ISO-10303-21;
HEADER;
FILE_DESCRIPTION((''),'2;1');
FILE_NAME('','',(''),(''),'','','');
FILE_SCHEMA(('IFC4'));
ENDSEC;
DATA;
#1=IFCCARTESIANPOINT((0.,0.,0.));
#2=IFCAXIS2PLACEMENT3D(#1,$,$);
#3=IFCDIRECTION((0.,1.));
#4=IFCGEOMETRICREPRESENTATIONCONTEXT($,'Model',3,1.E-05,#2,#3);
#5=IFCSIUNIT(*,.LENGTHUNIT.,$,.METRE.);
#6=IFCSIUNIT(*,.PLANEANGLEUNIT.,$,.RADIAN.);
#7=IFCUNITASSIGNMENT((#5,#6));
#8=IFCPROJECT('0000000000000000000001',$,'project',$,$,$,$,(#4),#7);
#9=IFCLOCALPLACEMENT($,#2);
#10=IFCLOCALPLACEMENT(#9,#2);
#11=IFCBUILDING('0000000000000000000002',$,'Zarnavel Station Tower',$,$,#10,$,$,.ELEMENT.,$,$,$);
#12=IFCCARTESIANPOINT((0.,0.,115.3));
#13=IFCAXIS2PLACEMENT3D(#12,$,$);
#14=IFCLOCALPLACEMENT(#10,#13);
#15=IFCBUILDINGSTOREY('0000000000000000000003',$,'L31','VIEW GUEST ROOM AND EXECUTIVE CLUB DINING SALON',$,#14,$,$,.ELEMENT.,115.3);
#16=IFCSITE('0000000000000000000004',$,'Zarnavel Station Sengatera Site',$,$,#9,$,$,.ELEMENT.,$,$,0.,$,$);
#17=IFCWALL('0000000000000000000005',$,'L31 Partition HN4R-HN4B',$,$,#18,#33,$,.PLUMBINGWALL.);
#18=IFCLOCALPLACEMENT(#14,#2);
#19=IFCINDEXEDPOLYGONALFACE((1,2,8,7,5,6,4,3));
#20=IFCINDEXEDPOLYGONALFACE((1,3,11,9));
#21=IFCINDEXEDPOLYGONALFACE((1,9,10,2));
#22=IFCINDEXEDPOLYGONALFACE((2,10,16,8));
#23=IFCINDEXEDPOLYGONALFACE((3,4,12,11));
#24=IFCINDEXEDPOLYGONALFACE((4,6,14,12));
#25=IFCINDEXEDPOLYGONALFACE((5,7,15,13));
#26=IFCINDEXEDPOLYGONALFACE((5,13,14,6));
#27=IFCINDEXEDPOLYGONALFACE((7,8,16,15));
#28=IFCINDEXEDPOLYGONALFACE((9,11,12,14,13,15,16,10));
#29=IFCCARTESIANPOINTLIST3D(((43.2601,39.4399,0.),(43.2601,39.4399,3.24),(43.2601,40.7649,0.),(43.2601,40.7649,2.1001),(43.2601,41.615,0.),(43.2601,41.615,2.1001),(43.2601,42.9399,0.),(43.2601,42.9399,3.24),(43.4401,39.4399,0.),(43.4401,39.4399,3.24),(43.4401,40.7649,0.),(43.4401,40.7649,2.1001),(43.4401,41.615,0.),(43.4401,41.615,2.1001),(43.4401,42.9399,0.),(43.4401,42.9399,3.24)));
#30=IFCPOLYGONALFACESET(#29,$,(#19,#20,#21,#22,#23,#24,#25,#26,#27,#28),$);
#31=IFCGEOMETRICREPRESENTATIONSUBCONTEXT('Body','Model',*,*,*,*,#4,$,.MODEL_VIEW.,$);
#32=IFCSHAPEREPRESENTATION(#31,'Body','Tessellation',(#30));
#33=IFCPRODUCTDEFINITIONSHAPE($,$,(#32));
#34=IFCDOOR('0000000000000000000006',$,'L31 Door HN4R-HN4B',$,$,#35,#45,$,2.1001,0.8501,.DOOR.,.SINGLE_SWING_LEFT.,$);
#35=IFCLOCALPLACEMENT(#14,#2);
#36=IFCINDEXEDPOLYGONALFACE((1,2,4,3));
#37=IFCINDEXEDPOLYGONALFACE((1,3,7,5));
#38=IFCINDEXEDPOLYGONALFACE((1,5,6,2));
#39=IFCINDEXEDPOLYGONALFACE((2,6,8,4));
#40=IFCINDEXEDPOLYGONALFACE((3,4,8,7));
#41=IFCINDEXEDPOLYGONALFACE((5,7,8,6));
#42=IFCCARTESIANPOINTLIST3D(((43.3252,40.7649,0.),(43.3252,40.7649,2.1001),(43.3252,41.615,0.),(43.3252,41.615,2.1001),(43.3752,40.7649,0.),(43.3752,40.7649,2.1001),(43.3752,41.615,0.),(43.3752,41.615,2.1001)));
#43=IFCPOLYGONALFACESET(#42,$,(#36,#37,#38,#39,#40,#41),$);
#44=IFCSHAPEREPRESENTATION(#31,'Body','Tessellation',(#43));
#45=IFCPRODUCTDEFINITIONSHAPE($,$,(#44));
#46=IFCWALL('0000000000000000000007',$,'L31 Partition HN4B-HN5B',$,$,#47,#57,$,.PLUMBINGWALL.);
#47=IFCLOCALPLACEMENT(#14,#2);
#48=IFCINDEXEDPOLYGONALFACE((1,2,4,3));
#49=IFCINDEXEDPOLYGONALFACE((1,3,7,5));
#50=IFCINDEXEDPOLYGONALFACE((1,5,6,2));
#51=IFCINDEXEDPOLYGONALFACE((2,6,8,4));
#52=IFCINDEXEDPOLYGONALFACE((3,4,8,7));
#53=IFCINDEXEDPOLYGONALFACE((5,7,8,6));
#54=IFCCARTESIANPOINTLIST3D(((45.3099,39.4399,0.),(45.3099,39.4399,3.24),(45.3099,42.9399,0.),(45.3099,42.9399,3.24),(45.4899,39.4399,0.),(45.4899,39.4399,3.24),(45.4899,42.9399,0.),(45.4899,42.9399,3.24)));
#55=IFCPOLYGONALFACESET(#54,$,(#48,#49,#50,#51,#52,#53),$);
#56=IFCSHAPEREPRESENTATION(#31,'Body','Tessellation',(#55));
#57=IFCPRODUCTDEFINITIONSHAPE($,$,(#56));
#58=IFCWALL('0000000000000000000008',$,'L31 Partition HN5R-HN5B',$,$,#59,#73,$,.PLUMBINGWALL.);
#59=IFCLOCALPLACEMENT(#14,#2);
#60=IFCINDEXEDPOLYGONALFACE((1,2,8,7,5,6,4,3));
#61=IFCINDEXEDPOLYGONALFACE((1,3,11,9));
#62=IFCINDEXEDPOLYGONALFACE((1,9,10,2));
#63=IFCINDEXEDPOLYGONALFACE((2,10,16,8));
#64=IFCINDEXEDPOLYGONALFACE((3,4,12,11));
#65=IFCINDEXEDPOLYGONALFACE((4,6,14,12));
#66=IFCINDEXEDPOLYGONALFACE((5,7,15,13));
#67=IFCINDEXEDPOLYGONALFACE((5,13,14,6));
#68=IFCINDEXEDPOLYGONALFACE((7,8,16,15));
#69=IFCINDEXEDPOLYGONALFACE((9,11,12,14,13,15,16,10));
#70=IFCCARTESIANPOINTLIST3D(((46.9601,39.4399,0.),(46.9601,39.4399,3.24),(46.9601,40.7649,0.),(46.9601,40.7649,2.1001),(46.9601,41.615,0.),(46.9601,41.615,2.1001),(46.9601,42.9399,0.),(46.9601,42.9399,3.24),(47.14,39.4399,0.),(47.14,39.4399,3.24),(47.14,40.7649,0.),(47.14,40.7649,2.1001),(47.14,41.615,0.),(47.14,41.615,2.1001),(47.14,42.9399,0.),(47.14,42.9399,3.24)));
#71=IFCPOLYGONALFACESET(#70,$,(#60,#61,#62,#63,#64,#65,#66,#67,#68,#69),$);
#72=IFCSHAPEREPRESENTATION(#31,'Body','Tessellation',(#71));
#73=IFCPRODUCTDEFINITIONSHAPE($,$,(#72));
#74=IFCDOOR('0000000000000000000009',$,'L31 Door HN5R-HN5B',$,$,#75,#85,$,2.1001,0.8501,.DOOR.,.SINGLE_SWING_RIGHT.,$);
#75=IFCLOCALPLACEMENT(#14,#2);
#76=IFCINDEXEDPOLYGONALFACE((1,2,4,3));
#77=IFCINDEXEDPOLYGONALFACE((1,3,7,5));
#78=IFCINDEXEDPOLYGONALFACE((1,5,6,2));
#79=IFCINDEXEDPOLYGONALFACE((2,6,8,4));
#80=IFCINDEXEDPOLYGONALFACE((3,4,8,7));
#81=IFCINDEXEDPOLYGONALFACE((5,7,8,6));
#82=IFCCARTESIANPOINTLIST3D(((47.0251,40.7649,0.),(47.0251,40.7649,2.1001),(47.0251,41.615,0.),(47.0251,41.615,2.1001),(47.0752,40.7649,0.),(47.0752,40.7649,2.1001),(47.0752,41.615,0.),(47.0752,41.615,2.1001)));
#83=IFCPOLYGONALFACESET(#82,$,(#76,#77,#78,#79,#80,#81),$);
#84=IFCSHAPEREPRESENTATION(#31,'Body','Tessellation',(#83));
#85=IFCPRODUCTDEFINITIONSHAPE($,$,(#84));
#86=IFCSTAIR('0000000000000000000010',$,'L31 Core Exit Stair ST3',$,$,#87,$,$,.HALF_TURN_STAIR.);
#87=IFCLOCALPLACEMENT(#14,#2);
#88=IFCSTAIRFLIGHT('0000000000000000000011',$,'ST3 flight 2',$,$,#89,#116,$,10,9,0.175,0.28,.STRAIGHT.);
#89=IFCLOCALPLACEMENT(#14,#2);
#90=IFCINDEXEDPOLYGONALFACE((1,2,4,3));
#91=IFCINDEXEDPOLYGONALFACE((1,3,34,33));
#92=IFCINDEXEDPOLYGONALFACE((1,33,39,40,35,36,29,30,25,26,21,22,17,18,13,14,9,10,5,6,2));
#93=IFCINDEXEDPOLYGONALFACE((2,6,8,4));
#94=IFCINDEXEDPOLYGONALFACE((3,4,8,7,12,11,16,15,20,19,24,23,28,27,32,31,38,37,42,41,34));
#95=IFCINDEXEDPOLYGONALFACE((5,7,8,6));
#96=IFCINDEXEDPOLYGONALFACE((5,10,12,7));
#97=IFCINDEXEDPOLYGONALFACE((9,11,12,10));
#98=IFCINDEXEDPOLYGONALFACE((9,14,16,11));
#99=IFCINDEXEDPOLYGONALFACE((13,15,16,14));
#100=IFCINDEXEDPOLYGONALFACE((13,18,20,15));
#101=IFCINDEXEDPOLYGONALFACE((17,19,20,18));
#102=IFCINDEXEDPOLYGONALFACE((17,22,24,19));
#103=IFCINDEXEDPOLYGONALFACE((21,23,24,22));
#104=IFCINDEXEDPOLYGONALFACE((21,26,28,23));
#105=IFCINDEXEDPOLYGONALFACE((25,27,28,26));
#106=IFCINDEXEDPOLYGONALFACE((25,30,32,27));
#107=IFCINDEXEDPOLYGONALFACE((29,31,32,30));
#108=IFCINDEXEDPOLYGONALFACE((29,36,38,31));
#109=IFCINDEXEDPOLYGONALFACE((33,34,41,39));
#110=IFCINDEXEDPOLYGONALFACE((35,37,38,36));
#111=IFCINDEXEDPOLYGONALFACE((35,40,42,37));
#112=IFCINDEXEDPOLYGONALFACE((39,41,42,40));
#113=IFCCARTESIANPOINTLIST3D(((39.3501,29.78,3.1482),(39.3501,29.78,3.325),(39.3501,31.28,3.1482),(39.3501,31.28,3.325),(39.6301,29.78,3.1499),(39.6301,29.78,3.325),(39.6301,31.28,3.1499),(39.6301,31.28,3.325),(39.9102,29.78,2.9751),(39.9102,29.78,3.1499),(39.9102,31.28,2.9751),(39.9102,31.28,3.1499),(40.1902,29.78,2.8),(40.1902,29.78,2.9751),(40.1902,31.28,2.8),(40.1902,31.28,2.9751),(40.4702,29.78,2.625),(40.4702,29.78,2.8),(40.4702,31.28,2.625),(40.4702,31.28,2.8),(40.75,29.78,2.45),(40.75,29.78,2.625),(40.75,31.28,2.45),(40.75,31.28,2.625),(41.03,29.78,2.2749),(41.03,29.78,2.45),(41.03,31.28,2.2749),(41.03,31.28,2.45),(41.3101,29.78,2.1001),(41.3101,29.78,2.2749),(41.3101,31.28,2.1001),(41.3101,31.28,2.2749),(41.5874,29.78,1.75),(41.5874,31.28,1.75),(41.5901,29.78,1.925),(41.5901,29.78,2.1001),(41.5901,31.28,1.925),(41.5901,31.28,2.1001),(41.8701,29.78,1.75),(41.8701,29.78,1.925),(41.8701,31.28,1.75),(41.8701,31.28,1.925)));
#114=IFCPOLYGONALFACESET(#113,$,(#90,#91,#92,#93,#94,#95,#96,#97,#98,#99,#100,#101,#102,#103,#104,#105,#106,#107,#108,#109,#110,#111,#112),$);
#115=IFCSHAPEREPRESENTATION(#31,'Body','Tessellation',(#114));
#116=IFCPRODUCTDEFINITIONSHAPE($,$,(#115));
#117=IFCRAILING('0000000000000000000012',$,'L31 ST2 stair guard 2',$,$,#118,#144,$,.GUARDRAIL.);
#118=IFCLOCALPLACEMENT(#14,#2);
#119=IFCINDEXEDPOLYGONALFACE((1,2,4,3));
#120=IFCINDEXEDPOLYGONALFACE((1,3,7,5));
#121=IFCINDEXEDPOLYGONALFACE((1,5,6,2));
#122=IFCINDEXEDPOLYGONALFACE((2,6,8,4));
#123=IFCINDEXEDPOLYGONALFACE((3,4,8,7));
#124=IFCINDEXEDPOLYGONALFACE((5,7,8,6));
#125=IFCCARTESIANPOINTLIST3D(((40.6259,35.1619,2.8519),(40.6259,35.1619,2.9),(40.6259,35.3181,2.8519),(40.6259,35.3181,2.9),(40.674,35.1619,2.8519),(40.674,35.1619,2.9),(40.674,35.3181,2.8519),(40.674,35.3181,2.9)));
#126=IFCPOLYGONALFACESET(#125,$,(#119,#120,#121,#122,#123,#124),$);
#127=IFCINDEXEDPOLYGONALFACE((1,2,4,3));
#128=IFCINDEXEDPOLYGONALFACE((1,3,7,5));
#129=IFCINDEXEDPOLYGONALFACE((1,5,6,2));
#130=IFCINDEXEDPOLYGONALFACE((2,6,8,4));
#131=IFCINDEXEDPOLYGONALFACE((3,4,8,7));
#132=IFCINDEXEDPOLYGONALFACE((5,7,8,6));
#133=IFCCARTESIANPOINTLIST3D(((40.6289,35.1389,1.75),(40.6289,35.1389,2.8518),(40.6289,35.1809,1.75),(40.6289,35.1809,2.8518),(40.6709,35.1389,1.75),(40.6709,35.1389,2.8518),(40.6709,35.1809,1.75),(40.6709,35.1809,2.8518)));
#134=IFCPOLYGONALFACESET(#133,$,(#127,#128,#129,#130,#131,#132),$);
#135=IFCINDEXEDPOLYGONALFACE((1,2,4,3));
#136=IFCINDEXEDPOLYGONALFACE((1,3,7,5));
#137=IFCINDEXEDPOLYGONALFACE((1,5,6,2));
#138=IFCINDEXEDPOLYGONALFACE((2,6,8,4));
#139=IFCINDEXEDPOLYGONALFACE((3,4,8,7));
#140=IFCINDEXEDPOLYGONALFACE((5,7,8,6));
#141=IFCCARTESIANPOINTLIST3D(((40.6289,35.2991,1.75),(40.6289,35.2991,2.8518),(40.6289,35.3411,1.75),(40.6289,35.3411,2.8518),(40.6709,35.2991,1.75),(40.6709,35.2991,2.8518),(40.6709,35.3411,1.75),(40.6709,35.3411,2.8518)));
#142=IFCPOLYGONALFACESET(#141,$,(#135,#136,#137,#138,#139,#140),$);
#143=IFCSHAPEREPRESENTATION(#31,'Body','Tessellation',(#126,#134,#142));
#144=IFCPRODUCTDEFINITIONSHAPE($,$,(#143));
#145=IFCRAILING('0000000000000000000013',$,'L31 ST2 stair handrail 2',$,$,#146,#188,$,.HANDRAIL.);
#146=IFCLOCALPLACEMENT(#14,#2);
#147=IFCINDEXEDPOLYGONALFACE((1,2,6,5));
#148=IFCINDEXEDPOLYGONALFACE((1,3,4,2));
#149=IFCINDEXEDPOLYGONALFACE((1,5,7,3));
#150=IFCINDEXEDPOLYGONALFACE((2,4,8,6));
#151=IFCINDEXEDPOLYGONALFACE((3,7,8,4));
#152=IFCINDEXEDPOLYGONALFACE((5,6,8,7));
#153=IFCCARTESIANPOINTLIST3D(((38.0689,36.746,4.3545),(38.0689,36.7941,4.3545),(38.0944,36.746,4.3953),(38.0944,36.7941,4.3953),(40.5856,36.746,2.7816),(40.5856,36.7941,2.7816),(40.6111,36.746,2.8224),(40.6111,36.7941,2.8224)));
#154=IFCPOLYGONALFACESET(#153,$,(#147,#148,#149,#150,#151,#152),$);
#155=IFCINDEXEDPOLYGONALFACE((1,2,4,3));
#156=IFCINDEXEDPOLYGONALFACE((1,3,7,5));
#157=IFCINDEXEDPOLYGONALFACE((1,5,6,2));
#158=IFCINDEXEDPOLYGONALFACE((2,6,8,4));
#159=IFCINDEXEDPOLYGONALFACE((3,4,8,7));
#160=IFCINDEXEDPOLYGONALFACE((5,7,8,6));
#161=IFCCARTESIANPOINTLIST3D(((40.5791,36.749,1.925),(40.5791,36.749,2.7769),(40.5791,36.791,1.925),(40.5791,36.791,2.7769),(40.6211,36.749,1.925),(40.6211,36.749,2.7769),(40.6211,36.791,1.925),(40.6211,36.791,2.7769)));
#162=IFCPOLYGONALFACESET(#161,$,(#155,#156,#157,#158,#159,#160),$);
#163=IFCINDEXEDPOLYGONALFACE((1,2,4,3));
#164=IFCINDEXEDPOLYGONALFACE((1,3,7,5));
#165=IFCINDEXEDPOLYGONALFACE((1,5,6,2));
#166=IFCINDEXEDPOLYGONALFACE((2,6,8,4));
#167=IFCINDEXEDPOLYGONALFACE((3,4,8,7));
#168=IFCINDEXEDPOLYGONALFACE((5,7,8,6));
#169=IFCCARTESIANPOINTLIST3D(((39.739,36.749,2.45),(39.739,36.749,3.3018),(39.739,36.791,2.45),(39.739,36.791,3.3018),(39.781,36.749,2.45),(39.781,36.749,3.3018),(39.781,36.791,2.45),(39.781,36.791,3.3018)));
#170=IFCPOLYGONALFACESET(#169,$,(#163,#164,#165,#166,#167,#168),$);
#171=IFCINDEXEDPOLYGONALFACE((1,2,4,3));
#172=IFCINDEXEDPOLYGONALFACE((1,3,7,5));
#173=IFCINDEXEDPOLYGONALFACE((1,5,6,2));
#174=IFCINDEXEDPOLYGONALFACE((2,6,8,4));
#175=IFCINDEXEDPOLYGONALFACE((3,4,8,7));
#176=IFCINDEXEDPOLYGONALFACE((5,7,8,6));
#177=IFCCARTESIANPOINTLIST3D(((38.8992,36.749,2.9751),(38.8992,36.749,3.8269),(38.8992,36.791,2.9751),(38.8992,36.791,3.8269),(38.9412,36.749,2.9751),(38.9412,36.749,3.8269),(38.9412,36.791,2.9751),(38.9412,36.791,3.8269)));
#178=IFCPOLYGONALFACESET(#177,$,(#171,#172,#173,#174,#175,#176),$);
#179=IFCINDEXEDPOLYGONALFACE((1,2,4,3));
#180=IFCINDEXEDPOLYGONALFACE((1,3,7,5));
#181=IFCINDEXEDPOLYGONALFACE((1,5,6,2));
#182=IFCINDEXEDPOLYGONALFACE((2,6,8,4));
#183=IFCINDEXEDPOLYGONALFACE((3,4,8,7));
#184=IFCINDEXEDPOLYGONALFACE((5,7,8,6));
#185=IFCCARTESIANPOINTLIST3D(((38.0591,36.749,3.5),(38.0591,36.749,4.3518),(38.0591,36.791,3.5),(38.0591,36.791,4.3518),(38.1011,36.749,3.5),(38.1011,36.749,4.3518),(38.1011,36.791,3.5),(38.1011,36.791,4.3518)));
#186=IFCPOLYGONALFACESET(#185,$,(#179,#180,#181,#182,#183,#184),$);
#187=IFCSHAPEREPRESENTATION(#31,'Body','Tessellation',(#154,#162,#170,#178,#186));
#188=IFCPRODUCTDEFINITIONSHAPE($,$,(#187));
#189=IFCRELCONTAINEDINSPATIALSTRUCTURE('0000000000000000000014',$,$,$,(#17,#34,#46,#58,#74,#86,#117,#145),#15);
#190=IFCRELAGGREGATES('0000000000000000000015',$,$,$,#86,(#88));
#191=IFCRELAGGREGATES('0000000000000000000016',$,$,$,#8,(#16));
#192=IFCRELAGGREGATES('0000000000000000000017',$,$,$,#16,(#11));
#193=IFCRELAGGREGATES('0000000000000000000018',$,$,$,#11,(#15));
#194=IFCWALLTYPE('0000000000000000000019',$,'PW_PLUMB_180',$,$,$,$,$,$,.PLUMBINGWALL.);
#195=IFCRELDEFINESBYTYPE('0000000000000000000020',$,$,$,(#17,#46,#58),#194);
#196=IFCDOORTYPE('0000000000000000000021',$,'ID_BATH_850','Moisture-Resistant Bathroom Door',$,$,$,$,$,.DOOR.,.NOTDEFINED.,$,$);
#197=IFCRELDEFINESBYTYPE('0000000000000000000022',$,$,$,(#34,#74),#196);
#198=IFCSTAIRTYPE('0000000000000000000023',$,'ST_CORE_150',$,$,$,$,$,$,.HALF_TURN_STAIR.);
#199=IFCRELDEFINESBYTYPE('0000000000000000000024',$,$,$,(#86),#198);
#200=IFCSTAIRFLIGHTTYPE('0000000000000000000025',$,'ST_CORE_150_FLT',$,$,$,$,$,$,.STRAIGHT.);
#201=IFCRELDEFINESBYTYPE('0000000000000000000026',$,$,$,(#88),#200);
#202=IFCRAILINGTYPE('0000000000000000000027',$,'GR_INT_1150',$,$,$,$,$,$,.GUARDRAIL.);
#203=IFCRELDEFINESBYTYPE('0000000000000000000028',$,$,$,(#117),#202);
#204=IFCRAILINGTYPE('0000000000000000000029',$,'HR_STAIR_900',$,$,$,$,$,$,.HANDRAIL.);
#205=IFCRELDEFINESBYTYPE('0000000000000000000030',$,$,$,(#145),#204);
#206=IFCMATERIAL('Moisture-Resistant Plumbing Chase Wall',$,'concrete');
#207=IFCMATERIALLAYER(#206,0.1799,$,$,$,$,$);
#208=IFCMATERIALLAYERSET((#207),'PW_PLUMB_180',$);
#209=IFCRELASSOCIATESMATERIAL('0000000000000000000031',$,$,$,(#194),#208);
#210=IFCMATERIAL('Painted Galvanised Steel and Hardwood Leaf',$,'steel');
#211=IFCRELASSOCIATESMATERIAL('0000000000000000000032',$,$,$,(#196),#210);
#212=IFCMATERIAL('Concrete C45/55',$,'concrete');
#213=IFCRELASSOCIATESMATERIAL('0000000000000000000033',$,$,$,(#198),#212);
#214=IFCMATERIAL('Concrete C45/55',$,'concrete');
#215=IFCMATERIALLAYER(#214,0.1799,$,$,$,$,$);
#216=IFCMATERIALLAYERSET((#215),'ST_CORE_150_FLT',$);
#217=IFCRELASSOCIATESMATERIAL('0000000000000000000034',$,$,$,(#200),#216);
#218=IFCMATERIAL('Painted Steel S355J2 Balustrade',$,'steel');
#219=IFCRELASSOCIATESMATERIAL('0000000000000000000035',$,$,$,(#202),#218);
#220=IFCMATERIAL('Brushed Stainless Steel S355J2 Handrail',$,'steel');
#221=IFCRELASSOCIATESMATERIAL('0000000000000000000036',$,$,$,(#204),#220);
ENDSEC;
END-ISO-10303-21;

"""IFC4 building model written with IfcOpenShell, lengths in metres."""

from ifc_helpers import new_model, si_unit, direction, frame, frame_2d, origin, origin_2d, place, context, subcontext, project, spatial, polyline, rectangle, outline, extrude, material, layer, layer_set, type_object, element, fill, aggregate, save


model = new_model("IFC4")

# Units and contexts
model_context = context("Model", 3, precision=1e-05, world=origin(), true_north=direction((0.0, 1.0)))
body_context = subcontext(model_context, "Body", "Model", "MODEL_VIEW")
ifc_project = project(units=[si_unit("LENGTHUNIT", "METRE"), si_unit("PLANEANGLEUNIT", "RADIAN")], contexts=[model_context])

# Site, building, storey
site_placement = place(None, origin())
site = spatial("IfcSite", under=ifc_project, at=site_placement, Name="Zarnavel Station Sengatera Site", CompositionType="ELEMENT", RefElevation=0.0)
building_placement = place(site_placement, origin())
building = spatial("IfcBuilding", under=site, at=building_placement, Name="Zarnavel Station Tower", CompositionType="ELEMENT")
storey_placement = place(building_placement, frame((0.0, 0.0, 115.3)))
storey = spatial("IfcBuildingStorey", under=building, at=storey_placement, Name="L31", Description="VIEW GUEST ROOM AND EXECUTIVE CLUB DINING SALON", CompositionType="ELEMENT", Elevation=115.3)

# Shared definitions
ifc_material_1 = material(Name="Moisture-Resistant Plumbing Chase Wall", Category="concrete")
ifc_layer_1 = layer(ifc_material_1, 0.1799)
ifc_layer_set_1 = layer_set([ifc_layer_1], Name="PW_PLUMB_180")
wall_type_1 = type_object("IfcWallType", Name="PW_PLUMB_180", PredefinedType="PLUMBINGWALL", material=ifc_layer_set_1)

# Shared definitions
ifc_material_2 = material(Name="Painted Galvanised Steel and Hardwood Leaf", Category="steel")
door_type_1 = type_object("IfcDoorType", Name="ID_BATH_850", Description="Moisture-Resistant Bathroom Door", OperationType="NOTDEFINED", PredefinedType="DOOR", material=ifc_material_2)

# Wall, opening, door
wall_1_placement = place(storey_placement, frame((43.3501, 39.4399, 0.0), z_axis=(0.0, 0.0, 1.0), x_axis=(0.0, 1.0, 0.0)))
wall_1 = element("IfcWall", 1, at=wall_1_placement, inside=storey, type_object=wall_type_1, Name="L31 Partition HN4R-HN4B", PredefinedType="PLUMBINGWALL", context=body_context, shape_type="SweptSolid", body=[
    extrude(rectangle(XDim=3.5, YDim=0.1799, at=frame_2d((1.75, 0.0))), origin(), (0.0, 0.0, 1.0), 3.24),
])
opening_1_placement = place(wall_1_placement, frame((1.325, 0.0, 0.0)))
opening_1 = element("IfcOpeningElement", 2, at=opening_1_placement, cuts=wall_1, PredefinedType="OPENING", context=body_context, shape_type="SweptSolid", body=[
    extrude(rectangle(XDim=0.8501, YDim=2.1001, at=frame_2d((0.425, 1.05))), frame((0.0, 0.0999, 0.0), z_axis=(0.0, -1.0, 0.0), x_axis=(1.0, 0.0, 0.0)), (0.0, 0.0, 1.0), 0.2),
])
door_1_placement = place(opening_1_placement, origin())
door_1 = element("IfcDoor", 3, at=door_1_placement, inside=storey, type_object=door_type_1, Name="L31 Door HN4R-HN4B", OperationType="SINGLE_SWING_LEFT", OverallHeight=2.1001, OverallWidth=0.8501, PredefinedType="DOOR", context=body_context, shape_type="SweptSolid", body=[
    extrude(rectangle(XDim=0.8501, YDim=2.1001, at=frame_2d((0.425, 1.05))), frame((0.0, 0.0249, 0.0), z_axis=(0.0, -1.0, 0.0), x_axis=(1.0, 0.0, 0.0)), (0.0, 0.0, 1.0), 0.05),
])
fill(opening_1, door_1)

# Wall
wall_2_placement = place(storey_placement, frame((45.3999, 39.4399, 0.0), z_axis=(0.0, 0.0, 1.0), x_axis=(0.0, 1.0, 0.0)))
element("IfcWall", 4, at=wall_2_placement, inside=storey, type_object=wall_type_1, Name="L31 Partition HN4B-HN5B", PredefinedType="PLUMBINGWALL", context=body_context, shape_type="SweptSolid", body=[
    extrude(rectangle(XDim=3.5, YDim=0.1799, at=frame_2d((1.75, 0.0))), origin(), (0.0, 0.0, 1.0), 3.24),
])

# Wall, opening, door
wall_3_placement = place(storey_placement, frame((47.05, 39.4399, 0.0), z_axis=(0.0, 0.0, 1.0), x_axis=(0.0, 1.0, 0.0)))
wall_3 = element("IfcWall", 5, at=wall_3_placement, inside=storey, type_object=wall_type_1, Name="L31 Partition HN5R-HN5B", PredefinedType="PLUMBINGWALL", context=body_context, shape_type="SweptSolid", body=[
    extrude(rectangle(XDim=3.5, YDim=0.1799, at=frame_2d((1.75, 0.0))), origin(), (0.0, 0.0, 1.0), 3.24),
])
opening_2_placement = place(wall_3_placement, frame((1.325, 0.0, 0.0)))
opening_2 = element("IfcOpeningElement", 6, at=opening_2_placement, cuts=wall_3, PredefinedType="OPENING", context=body_context, shape_type="SweptSolid", body=[
    extrude(rectangle(XDim=0.8501, YDim=2.1001, at=frame_2d((0.425, 1.05))), frame((0.0, 0.0999, 0.0), z_axis=(0.0, -1.0, 0.0), x_axis=(1.0, 0.0, 0.0)), (0.0, 0.0, 1.0), 0.2),
])
door_2_placement = place(opening_2_placement, origin())
door_2 = element("IfcDoor", 7, at=door_2_placement, inside=storey, type_object=door_type_1, Name="L31 Door HN5R-HN5B", OperationType="SINGLE_SWING_RIGHT", OverallHeight=2.1001, OverallWidth=0.8501, PredefinedType="DOOR", context=body_context, shape_type="SweptSolid", body=[
    extrude(rectangle(XDim=0.8501, YDim=2.1001, at=frame_2d((0.425, 1.05))), frame((0.0, 0.0249, 0.0), z_axis=(0.0, -1.0, 0.0), x_axis=(1.0, 0.0, 0.0)), (0.0, 0.0, 1.0), 0.05),
])
fill(opening_2, door_2)

# Stair, stair flight
ifc_material_3 = material(Name="Concrete C45/55", Category="concrete")
stair_type = type_object("IfcStairType", Name="ST_CORE_150", PredefinedType="HALF_TURN_STAIR", material=ifc_material_3)
stair_placement = place(storey_placement, origin())
stair = element("IfcStair", 8, at=stair_placement, inside=storey, type_object=stair_type, Name="L31 Core Exit Stair ST3", PredefinedType="HALF_TURN_STAIR")
ifc_material_4 = material(Name="Concrete C45/55", Category="concrete")
ifc_layer_2 = layer(ifc_material_4, 0.1799)
ifc_layer_set_2 = layer_set([ifc_layer_2], Name="ST_CORE_150_FLT")
stair_flight_type = type_object("IfcStairFlightType", Name="ST_CORE_150_FLT", PredefinedType="STRAIGHT", material=ifc_layer_set_2)
stair_flight_placement = place(storey_placement, frame((41.8701, 30.53, 1.75), z_axis=(0.0, 0.0, 1.0), x_axis=(-1.0, 0.0, 0.0)))
stair_flight = element("IfcStairFlight", 9, at=stair_flight_placement, type_object=stair_flight_type, Name="ST3 flight 2", NumberOfRisers=10, NumberOfTreads=9, PredefinedType="STRAIGHT", RiserHeight=0.175, TreadLength=0.28, context=body_context, shape_type="SweptSolid", body=[
    extrude(outline(polyline([(0.0, 0.0), (0.0, 0.175), (0.28, 0.175), (0.28, 0.3501), (0.5601, 0.3501), (0.5601, 0.5249), (0.8401, 0.5249), (0.8401, 0.7), (1.1201, 0.7), (1.1201, 0.875), (1.3999, 0.875), (1.3999, 1.05), (1.6799, 1.05), (1.6799, 1.2251), (1.96, 1.2251), (1.96, 1.3999), (2.24, 1.3999), (2.24, 1.575), (2.52, 1.575), (2.52, 1.75), (2.52, 1.3982), (0.2827, 0.0), (0.0, 0.0)])), frame((0.0, 0.75, 0.0), z_axis=(0.0, -1.0, 0.0), x_axis=(1.0, 0.0, 0.0)), (0.0, 0.0, 1.0), 1.5),
])
aggregate(stair, [stair_flight])

# Railings
ifc_material_5 = material(Name="Painted Steel S355J2 Balustrade", Category="steel")
railing_type_1 = type_object("IfcRailingType", Name="GR_INT_1150", PredefinedType="GUARDRAIL", material=ifc_material_5)
railing_placement = place(storey_placement, frame((40.6499, 35.1599, 1.75)))
element("IfcRailing", 10, at=railing_placement, inside=storey, type_object=railing_type_1, Name="L31 ST2 stair guard 2", PredefinedType="GUARDRAIL", context=body_context, shape_type="SweptSolid", body=[
    extrude(rectangle(XDim=0.0481, YDim=0.0481, at=origin_2d()), frame((0.0, 0.002, 1.126), z_axis=(0.0, 1.0, 0.0), x_axis=(-1.0, 0.0, 0.0)), (0.0, 0.0, 1.0), 0.1562),
    extrude(rectangle(XDim=0.042, YDim=0.042, at=origin_2d()), origin(), (0.0, 0.0, 1.0), 1.1018),
    extrude(rectangle(XDim=0.042, YDim=0.042, at=origin_2d()), frame((0.0, 0.1602, 0.0)), (0.0, 0.0, 1.0), 1.1018),
])
ifc_material_6 = material(Name="Brushed Stainless Steel S355J2 Handrail", Category="steel")
railing_type_2 = type_object("IfcRailingType", Name="HR_STAIR_900", PredefinedType="HANDRAIL", material=ifc_material_6)
for number, where, name in (
    (11, (40.6001, 36.77, 1.925), "L31 ST2 stair handrail 2"),
):
    element("IfcRailing", number, at=place(storey_placement, frame(where)), inside=storey, type_object=railing_type_2, Name=name, PredefinedType="HANDRAIL", context=body_context, shape_type="SweptSolid", body=[
        extrude(rectangle(XDim=0.0481, YDim=0.0481, at=origin_2d()), frame((-0.0017, 0.0, 0.877), z_axis=(-0.848008, 0.0, 0.529984), x_axis=(0.0, -1.0, 0.0)), (0.0, 0.0, 1.0), 2.9678),
        extrude(rectangle(XDim=0.042, YDim=0.042, at=origin_2d()), origin(), (0.0, 0.0, 1.0), 0.8518),
        extrude(rectangle(XDim=0.042, YDim=0.042, at=origin_2d()), frame((-0.8401, 0.0, 0.5249)), (0.0, 0.0, 1.0), 0.8518),
        extrude(rectangle(XDim=0.042, YDim=0.042, at=origin_2d()), frame((-1.6799, 0.0, 1.05)), (0.0, 0.0, 1.0), 0.8518),
        extrude(rectangle(XDim=0.042, YDim=0.042, at=origin_2d()), frame((-2.52, 0.0, 1.575)), (0.0, 0.0, 1.0), 0.8518),
    ])

save(model, "model.ifc")
